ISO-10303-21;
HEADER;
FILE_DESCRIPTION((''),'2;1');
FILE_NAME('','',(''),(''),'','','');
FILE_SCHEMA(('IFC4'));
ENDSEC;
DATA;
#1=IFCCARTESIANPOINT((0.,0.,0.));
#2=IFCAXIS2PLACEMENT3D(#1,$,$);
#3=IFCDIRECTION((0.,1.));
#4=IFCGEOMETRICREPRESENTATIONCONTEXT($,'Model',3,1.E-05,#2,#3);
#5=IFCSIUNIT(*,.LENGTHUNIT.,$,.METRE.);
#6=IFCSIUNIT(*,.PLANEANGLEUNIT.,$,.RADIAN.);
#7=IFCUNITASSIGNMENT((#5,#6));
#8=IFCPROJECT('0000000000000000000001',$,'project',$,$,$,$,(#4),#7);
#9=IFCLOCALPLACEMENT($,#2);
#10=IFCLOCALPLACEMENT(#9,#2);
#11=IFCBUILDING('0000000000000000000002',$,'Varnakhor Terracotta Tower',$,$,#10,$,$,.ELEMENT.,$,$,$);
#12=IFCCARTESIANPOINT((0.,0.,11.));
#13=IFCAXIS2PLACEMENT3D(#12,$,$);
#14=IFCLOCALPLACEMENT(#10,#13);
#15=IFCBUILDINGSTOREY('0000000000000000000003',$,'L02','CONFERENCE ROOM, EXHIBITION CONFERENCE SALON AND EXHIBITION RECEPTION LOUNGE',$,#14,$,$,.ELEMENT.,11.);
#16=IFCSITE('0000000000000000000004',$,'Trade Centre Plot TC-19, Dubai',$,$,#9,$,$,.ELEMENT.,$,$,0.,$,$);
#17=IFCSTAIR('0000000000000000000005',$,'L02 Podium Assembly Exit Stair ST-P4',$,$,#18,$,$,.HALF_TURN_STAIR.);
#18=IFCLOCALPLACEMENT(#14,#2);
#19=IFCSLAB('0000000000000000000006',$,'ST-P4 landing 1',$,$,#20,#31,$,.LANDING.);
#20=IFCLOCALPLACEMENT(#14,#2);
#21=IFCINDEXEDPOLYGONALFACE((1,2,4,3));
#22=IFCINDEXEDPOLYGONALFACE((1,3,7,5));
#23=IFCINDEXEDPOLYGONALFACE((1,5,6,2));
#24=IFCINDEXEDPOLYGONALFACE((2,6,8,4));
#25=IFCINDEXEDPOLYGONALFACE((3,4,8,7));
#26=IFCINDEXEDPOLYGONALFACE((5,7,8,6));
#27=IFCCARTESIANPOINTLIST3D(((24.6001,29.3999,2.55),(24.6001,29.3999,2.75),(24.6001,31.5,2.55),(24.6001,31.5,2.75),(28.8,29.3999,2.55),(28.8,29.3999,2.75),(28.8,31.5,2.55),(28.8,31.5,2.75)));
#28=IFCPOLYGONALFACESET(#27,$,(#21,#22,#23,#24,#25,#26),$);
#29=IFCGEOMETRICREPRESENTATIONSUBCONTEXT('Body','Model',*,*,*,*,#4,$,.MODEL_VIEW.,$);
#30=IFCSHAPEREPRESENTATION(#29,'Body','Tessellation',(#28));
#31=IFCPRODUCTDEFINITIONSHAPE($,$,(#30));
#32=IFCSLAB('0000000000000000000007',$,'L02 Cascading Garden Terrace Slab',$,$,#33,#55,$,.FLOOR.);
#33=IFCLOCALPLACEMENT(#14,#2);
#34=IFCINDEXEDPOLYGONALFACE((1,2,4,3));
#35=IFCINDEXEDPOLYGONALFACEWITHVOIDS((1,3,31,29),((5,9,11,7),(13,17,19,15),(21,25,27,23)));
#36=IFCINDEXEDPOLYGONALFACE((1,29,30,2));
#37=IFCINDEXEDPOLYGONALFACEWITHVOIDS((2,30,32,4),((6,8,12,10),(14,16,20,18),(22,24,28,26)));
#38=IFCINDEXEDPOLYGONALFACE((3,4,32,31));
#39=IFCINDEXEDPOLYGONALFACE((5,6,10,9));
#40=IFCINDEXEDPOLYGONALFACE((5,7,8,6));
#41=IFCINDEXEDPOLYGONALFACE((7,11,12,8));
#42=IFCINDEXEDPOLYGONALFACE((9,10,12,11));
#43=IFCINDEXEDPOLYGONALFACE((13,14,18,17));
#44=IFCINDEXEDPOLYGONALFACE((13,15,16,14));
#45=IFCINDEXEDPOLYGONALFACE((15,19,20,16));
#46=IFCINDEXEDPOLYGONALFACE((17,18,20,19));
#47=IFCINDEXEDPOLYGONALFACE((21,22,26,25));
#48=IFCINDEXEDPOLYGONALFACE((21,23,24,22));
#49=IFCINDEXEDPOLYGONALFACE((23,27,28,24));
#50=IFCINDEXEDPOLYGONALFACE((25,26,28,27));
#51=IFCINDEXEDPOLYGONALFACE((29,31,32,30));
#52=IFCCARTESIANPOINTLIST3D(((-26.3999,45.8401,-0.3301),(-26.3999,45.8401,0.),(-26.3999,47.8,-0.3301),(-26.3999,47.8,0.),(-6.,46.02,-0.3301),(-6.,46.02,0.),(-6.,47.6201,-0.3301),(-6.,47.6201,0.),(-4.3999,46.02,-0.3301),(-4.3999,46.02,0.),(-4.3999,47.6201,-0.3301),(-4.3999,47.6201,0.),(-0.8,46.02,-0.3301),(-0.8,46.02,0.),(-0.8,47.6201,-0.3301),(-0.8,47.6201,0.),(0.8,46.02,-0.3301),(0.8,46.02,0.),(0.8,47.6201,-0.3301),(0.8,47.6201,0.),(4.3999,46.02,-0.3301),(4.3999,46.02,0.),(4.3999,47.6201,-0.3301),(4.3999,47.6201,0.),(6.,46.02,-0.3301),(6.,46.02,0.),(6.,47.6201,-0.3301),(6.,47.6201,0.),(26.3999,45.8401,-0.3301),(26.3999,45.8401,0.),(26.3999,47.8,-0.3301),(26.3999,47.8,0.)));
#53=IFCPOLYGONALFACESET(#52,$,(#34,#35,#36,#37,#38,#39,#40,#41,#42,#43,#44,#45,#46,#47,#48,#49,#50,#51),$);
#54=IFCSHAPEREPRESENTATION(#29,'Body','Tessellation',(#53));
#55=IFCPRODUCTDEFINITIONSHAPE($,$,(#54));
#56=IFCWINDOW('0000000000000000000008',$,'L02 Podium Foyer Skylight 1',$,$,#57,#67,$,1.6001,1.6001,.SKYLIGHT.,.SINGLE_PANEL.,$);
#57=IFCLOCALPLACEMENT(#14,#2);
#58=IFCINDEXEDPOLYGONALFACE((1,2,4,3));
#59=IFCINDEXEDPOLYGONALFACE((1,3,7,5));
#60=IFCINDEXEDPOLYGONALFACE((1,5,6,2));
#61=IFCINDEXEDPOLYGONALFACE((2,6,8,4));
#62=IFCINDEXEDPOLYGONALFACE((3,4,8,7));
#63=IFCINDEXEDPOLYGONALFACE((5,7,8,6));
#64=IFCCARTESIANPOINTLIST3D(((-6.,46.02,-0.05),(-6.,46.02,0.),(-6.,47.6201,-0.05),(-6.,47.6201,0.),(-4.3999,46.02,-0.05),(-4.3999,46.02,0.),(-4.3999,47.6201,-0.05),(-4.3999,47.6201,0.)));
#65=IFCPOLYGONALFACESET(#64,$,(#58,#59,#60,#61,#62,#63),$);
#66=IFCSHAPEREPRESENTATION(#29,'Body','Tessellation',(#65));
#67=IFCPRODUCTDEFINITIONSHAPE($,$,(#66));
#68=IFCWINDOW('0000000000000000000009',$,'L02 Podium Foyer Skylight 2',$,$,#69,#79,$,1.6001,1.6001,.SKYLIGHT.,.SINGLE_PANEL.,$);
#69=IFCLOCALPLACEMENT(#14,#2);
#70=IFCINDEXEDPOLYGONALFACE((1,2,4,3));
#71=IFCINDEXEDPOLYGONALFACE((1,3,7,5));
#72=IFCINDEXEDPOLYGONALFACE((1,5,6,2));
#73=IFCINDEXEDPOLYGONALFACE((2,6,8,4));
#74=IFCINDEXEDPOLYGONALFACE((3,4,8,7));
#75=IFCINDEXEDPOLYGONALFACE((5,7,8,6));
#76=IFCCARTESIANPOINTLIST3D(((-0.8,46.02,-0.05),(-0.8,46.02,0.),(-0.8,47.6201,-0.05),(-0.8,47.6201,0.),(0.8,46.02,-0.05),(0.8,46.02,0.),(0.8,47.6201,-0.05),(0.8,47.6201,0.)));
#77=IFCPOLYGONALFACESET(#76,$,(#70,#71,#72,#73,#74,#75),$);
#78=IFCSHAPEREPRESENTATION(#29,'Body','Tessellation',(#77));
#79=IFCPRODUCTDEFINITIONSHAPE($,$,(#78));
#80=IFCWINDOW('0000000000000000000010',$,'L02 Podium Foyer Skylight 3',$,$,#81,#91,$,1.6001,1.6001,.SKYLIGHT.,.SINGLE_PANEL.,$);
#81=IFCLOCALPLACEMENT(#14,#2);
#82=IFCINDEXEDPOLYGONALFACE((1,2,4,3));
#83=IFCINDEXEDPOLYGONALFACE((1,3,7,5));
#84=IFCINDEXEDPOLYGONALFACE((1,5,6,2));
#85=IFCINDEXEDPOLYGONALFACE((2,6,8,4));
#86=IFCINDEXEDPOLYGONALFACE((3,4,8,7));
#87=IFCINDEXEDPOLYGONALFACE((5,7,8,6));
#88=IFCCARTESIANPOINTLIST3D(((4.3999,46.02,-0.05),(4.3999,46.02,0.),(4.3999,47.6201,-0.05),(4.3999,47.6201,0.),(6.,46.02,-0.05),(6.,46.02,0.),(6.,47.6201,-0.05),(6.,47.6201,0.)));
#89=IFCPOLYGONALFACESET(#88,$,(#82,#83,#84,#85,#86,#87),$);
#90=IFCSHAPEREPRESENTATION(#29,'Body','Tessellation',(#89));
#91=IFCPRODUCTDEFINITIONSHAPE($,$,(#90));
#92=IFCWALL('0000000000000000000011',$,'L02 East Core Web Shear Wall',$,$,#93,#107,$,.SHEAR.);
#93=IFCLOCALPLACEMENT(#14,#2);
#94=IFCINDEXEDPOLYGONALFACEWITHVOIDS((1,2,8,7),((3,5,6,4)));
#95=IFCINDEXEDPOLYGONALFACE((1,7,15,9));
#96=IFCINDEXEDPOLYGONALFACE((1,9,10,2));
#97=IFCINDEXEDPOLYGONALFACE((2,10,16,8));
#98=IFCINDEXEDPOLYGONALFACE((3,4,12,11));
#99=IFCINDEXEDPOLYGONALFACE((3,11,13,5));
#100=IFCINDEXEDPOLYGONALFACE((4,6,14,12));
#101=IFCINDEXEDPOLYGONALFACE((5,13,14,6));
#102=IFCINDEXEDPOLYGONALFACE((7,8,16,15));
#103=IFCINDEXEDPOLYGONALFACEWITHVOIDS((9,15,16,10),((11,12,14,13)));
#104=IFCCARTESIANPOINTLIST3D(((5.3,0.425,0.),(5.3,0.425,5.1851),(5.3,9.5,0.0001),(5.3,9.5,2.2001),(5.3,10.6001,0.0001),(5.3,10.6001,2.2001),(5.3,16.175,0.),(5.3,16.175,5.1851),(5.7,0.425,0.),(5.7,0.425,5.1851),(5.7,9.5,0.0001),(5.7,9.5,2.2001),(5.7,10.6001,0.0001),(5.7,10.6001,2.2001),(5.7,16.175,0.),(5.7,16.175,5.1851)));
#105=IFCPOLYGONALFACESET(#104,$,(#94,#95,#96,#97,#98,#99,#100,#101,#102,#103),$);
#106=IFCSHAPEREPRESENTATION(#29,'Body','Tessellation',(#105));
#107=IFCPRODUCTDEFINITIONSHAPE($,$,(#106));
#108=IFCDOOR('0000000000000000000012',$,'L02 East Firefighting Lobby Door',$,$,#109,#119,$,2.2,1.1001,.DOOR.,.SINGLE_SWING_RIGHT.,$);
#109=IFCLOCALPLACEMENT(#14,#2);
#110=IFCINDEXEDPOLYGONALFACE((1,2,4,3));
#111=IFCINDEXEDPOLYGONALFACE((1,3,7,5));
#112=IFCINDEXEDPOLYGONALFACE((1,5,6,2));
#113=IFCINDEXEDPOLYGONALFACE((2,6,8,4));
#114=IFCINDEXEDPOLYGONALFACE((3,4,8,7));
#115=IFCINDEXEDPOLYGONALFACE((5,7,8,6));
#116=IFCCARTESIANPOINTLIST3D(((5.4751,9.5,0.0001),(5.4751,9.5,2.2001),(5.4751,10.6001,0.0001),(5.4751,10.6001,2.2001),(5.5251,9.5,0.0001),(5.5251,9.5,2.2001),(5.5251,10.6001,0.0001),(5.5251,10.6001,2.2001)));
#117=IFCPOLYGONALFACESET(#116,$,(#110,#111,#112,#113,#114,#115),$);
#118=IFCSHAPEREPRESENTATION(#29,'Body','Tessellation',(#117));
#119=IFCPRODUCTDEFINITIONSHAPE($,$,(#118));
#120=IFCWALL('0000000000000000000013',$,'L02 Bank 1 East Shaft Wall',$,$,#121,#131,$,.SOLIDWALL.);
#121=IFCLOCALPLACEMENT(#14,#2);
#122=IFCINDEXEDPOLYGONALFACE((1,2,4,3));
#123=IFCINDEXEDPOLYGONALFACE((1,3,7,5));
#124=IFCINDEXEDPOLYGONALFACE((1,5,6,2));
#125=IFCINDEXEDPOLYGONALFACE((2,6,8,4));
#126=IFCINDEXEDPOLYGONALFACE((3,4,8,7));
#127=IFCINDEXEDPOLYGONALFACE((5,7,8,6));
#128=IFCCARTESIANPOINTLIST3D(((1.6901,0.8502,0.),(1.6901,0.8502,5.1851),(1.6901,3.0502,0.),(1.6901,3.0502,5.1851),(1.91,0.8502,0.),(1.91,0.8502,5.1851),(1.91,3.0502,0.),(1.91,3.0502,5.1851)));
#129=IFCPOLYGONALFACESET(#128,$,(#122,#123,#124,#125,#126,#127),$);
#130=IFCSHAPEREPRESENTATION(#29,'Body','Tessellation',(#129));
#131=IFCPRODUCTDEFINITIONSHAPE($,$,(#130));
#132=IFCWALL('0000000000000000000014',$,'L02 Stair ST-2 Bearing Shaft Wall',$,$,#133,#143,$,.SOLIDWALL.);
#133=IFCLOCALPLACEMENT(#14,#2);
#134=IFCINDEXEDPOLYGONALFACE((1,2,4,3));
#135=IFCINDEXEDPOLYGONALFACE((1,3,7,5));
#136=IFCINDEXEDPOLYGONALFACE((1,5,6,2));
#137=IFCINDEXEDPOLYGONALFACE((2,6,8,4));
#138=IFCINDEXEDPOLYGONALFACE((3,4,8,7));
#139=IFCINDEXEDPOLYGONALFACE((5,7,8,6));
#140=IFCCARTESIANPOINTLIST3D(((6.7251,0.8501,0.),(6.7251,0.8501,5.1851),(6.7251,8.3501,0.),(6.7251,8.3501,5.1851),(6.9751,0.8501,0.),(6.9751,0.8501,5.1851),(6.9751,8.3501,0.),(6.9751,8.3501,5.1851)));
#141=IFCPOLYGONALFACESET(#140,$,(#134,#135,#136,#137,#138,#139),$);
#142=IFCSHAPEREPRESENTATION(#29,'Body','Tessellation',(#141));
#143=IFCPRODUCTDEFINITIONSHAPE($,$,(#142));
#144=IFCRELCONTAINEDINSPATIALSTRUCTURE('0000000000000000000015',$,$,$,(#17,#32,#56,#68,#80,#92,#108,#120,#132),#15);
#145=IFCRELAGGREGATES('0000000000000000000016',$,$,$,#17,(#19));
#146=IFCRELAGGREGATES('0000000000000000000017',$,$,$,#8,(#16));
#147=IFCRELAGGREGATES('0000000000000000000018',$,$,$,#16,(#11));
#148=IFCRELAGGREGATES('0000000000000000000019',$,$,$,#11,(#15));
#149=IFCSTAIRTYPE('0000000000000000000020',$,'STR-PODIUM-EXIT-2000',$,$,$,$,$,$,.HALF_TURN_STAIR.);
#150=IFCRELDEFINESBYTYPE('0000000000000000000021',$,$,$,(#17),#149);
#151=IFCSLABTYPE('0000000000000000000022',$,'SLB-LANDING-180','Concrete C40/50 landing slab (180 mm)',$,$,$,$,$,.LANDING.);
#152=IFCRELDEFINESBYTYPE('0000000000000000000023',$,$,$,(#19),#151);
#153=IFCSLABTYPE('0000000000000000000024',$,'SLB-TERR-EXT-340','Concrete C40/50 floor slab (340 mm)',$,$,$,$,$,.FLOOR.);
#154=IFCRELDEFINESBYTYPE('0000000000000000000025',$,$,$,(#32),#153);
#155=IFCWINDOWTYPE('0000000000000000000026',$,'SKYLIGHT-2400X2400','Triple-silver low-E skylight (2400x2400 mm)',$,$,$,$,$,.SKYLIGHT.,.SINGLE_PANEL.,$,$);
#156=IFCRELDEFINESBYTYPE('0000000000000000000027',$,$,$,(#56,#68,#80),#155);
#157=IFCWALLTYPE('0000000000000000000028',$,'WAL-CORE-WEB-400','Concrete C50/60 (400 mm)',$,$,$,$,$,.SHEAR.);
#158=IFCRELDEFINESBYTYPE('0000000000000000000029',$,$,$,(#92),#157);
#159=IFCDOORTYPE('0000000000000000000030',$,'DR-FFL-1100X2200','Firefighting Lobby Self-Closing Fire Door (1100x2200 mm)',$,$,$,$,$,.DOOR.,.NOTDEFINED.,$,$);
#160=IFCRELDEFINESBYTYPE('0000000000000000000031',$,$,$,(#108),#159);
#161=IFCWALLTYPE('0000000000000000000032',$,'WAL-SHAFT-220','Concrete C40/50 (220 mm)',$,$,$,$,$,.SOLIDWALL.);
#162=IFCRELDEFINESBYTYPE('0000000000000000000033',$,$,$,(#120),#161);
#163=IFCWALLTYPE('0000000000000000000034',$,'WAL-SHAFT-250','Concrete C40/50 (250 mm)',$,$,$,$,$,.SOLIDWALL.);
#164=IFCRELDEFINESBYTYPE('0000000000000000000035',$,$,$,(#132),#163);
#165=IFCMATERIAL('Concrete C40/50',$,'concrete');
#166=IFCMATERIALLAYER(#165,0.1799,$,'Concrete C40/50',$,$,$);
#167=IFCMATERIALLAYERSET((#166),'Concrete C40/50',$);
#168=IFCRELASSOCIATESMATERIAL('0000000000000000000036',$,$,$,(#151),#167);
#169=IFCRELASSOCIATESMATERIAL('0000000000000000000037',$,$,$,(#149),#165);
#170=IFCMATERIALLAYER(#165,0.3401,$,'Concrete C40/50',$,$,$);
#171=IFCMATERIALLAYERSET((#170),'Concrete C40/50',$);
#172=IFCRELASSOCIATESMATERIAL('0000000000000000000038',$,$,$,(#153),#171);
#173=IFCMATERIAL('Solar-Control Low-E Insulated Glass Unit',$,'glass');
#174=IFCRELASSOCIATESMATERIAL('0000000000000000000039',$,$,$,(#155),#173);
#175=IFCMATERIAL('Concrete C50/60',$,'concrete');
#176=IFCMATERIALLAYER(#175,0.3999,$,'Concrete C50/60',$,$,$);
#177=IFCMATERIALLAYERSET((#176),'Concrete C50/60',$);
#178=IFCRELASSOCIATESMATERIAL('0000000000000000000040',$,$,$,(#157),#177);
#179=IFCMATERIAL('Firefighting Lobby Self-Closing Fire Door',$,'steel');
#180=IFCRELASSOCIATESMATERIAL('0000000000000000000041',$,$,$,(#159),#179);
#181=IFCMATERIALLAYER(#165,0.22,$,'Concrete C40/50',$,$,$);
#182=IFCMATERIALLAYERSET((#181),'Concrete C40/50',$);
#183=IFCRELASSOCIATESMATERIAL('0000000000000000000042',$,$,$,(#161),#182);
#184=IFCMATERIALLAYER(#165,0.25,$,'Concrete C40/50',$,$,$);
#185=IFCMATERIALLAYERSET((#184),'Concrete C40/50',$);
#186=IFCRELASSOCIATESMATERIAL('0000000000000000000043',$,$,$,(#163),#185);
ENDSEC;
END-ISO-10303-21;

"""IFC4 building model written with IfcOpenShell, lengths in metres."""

from ifc_helpers import new_model, si_unit, direction, frame, frame_2d, origin, origin_2d, place, context, subcontext, project, spatial, polyline, rectangle, outline, extrude, source, transform, mapped, material, layer, layer_set, type_object, type_shapes, element, fill, aggregate, save


model = new_model("IFC4")

# Units and contexts
model_context = context("Model", 3, precision=1e-05, world=origin(), true_north=direction((0.0, 1.0)))
body_context = subcontext(model_context, "Body", "Model", "MODEL_VIEW")
ifc_project = project(units=[si_unit("LENGTHUNIT", "METRE"), si_unit("PLANEANGLEUNIT", "RADIAN")], contexts=[model_context])

# Site, building, storey
site_placement = place(None, origin())
site = spatial("IfcSite", under=ifc_project, at=site_placement, Name="Trade Centre Plot TC-19, Dubai", CompositionType="ELEMENT", RefElevation=0.0)
building_placement = place(site_placement, origin())
building = spatial("IfcBuilding", under=site, at=building_placement, Name="Varnakhor Terracotta Tower", CompositionType="ELEMENT")
storey_placement = place(building_placement, frame((0.0, 0.0, 11.0)))
storey = spatial("IfcBuildingStorey", under=building, at=storey_placement, Name="L02", Description="CONFERENCE ROOM, EXHIBITION CONFERENCE SALON AND EXHIBITION RECEPTION LOUNGE", CompositionType="ELEMENT", Elevation=11.0)

# Shared definitions
ifc_material_1 = material(Name="Concrete C50/60", Category="concrete")

# Shared definitions
ifc_material_2 = material(Name="Concrete C40/50", Category="concrete")

# Stair, slab
ifc_layer_1 = layer(ifc_material_2, 0.1799, Name="Concrete C40/50")
ifc_layer_set_1 = layer_set([ifc_layer_1], Name="Concrete C40/50")
slab_type_1 = type_object("IfcSlabType", Name="SLB-LANDING-180", Description="Concrete C40/50 landing slab (180 mm)", PredefinedType="LANDING", material=ifc_layer_set_1)
stair_type_1 = type_object("IfcStairType", Name="STR-PODIUM-EXIT-2000", PredefinedType="HALF_TURN_STAIR", material=ifc_material_2)
stair_1_placement = place(storey_placement, origin())
stair_1 = element("IfcStair", 1, at=stair_1_placement, inside=storey, type_object=stair_type_1, Name="L02 Podium Assembly Exit Stair ST-P4", PredefinedType="HALF_TURN_STAIR")
slab_1_placement = place(storey_placement, frame((0.0, 0.0, 2.55)))
slab_1 = element("IfcSlab", 2, at=slab_1_placement, type_object=slab_type_1, Name="ST-P4 landing 1", PredefinedType="LANDING", context=body_context, shape_type="SweptSolid", body=[
    extrude(outline(polyline([(24.6001, 31.5), (24.6001, 29.3999), (28.8, 29.3999), (28.8, 31.5), (24.6001, 31.5)])), origin(), (0.0, 0.0, 1.0), 0.2),
])
aggregate(stair_1, [slab_1])

# Slab, openings, windows
ifc_layer_2 = layer(ifc_material_2, 0.3401, Name="Concrete C40/50")
ifc_layer_set_2 = layer_set([ifc_layer_2], Name="Concrete C40/50")
slab_type_2 = type_object("IfcSlabType", Name="SLB-TERR-EXT-340", Description="Concrete C40/50 floor slab (340 mm)", PredefinedType="FLOOR", material=ifc_layer_set_2)
slab_2_placement = place(storey_placement, frame((0.0, 0.0, -0.3301)))
slab_2 = element("IfcSlab", 3, at=slab_2_placement, inside=storey, type_object=slab_type_2, Name="L02 Cascading Garden Terrace Slab", PredefinedType="FLOOR", context=body_context, shape_type="SweptSolid", body=[
    extrude(outline(polyline([(-26.3999, 47.8), (26.3999, 47.8), (26.3999, 45.8401), (-26.3999, 45.8401), (-26.3999, 47.8)])), origin(), (0.0, 0.0, 1.0), 0.3301),
])
opening_1_placement = place(slab_2_placement, frame((-5.2, 46.8201, -0.01)))
opening_1 = element("IfcOpeningElement", 4, at=opening_1_placement, cuts=slab_2, PredefinedType="OPENING", context=body_context, shape_type="SweptSolid", body=[
    extrude(rectangle(XDim=1.6001, YDim=1.6001, at=origin_2d()), origin(), (0.0, 0.0, 1.0), 0.3501),
])
opening_2_placement = place(slab_2_placement, frame((0.0, 46.8201, -0.01)))
opening_2 = element("IfcOpeningElement", 5, at=opening_2_placement, cuts=slab_2, PredefinedType="OPENING", context=body_context, shape_type="SweptSolid", body=[
    extrude(rectangle(XDim=1.6001, YDim=1.6001, at=origin_2d()), origin(), (0.0, 0.0, 1.0), 0.3501),
])
opening_3_placement = place(slab_2_placement, frame((5.2, 46.8201, -0.01)))
opening_3 = element("IfcOpeningElement", 6, at=opening_3_placement, cuts=slab_2, PredefinedType="OPENING", context=body_context, shape_type="SweptSolid", body=[
    extrude(rectangle(XDim=1.6001, YDim=1.6001, at=origin_2d()), origin(), (0.0, 0.0, 1.0), 0.3501),
])
ifc_material_3 = material(Name="Solar-Control Low-E Insulated Glass Unit", Category="glass")
window_type = type_object("IfcWindowType", Name="SKYLIGHT-2400X2400", Description="Triple-silver low-E skylight (2400x2400 mm)", PartitioningType="SINGLE_PANEL", PredefinedType="SKYLIGHT", material=ifc_material_3)
window_1_placement = place(slab_2_placement, frame((-5.2, 46.8201, 0.28)))
window_1 = element("IfcWindow", 7, at=window_1_placement, inside=storey, type_object=window_type, Name="L02 Podium Foyer Skylight 1", OverallHeight=1.6001, OverallWidth=1.6001, PartitioningType="SINGLE_PANEL", PredefinedType="SKYLIGHT", context=body_context, shape_type="SweptSolid", body=[
    extrude(rectangle(XDim=1.6001, YDim=1.6001, at=origin_2d()), origin(), (0.0, 0.0, 1.0), 0.05),
])
fill(opening_1, window_1)
window_2_placement = place(slab_2_placement, frame((0.0, 46.8201, 0.28)))
window_2 = element("IfcWindow", 8, at=window_2_placement, inside=storey, type_object=window_type, Name="L02 Podium Foyer Skylight 2", OverallHeight=1.6001, OverallWidth=1.6001, PartitioningType="SINGLE_PANEL", PredefinedType="SKYLIGHT", context=body_context, shape_type="SweptSolid", body=[
    extrude(rectangle(XDim=1.6001, YDim=1.6001, at=origin_2d()), origin(), (0.0, 0.0, 1.0), 0.05),
])
fill(opening_2, window_2)
window_3_placement = place(slab_2_placement, frame((5.2, 46.8201, 0.28)))
window_3 = element("IfcWindow", 9, at=window_3_placement, inside=storey, type_object=window_type, Name="L02 Podium Foyer Skylight 3", OverallHeight=1.6001, OverallWidth=1.6001, PartitioningType="SINGLE_PANEL", PredefinedType="SKYLIGHT", context=body_context, shape_type="SweptSolid", body=[
    extrude(rectangle(XDim=1.6001, YDim=1.6001, at=origin_2d()), origin(), (0.0, 0.0, 1.0), 0.05),
])
fill(opening_3, window_3)

# Wall, opening, door
ifc_layer_3 = layer(ifc_material_1, 0.3999, Name="Concrete C50/60")
ifc_layer_set_3 = layer_set([ifc_layer_3], Name="Concrete C50/60")
wall_type_1 = type_object("IfcWallType", Name="WAL-CORE-WEB-400", Description="Concrete C50/60 (400 mm)", PredefinedType="SHEAR", material=ifc_layer_set_3)
wall_1_placement = place(storey_placement, frame((5.5, 0.425, 0.0), z_axis=(0.0, 0.0, 1.0), x_axis=(0.0, 1.0, 0.0)))
wall_1 = element("IfcWall", 10, at=wall_1_placement, inside=storey, type_object=wall_type_1, Name="L02 East Core Web Shear Wall", PredefinedType="SHEAR", context=body_context, shape_type="SweptSolid", body=[
    extrude(rectangle(XDim=15.75, YDim=0.3999, at=frame_2d((7.875, 0.0))), origin(), (0.0, 0.0, 1.0), 5.1851),
])
opening_4_placement = place(wall_1_placement, frame((9.075, 0.0, 0.0)))
opening_4 = element("IfcOpeningElement", 11, at=opening_4_placement, cuts=wall_1, PredefinedType="OPENING", context=body_context, shape_type="SweptSolid", body=[
    extrude(rectangle(XDim=1.1001, YDim=2.2, at=frame_2d((0.55, 1.1001))), frame((0.0, 0.21, 0.0), z_axis=(0.0, -1.0, 0.0), x_axis=(1.0, 0.0, 0.0)), (0.0, 0.0, 1.0), 0.4199),
])
ifc_material_4 = material(Name="Firefighting Lobby Self-Closing Fire Door", Category="steel")
door_type = type_object("IfcDoorType", Name="DR-FFL-1100X2200", Description="Firefighting Lobby Self-Closing Fire Door (1100x2200 mm)", OperationType="NOTDEFINED", PredefinedType="DOOR", material=ifc_material_4)
shared_shape_1 = source(origin(), body_context, "Body", "SweptSolid", [
    extrude(rectangle(XDim=1.1001, YDim=2.2, at=frame_2d((0.55, 1.1001))), frame((0.0, 0.0249, 0.0), z_axis=(0.0, -1.0, 0.0), x_axis=(1.0, 0.0, 0.0)), (0.0, 0.0, 1.0), 0.05),
])
type_shapes(door_type, [shared_shape_1])
door_placement = place(opening_4_placement, origin())
door = element("IfcDoor", 12, at=door_placement, inside=storey, type_object=door_type, Name="L02 East Firefighting Lobby Door", OperationType="SINGLE_SWING_RIGHT", OverallHeight=2.2, OverallWidth=1.1001, PredefinedType="DOOR", context=body_context, shape_type="MappedRepresentation", body=[
    mapped(shared_shape_1, transform((0.0, 0.0, 0.0), scale=1.0)),
])
fill(opening_4, door)

# Walls
ifc_layer_4 = layer(ifc_material_2, 0.22, Name="Concrete C40/50")
ifc_layer_set_4 = layer_set([ifc_layer_4], Name="Concrete C40/50")
wall_type_2 = type_object("IfcWallType", Name="WAL-SHAFT-220", Description="Concrete C40/50 (220 mm)", PredefinedType="SOLIDWALL", material=ifc_layer_set_4)
wall_2_placement = place(storey_placement, frame((1.8, 0.8501, 0.0), z_axis=(0.0, 0.0, 1.0), x_axis=(0.0, 1.0, 0.0)))
element("IfcWall", 13, at=wall_2_placement, inside=storey, type_object=wall_type_2, Name="L02 Bank 1 East Shaft Wall", PredefinedType="SOLIDWALL", context=body_context, shape_type="SweptSolid", body=[
    extrude(rectangle(XDim=2.2, YDim=0.22, at=frame_2d((1.1001, 0.0))), origin(), (0.0, 0.0, 1.0), 5.1851),
])
ifc_layer_5 = layer(ifc_material_2, 0.25, Name="Concrete C40/50")
ifc_layer_set_5 = layer_set([ifc_layer_5], Name="Concrete C40/50")
wall_type_3 = type_object("IfcWallType", Name="WAL-SHAFT-250", Description="Concrete C40/50 (250 mm)", PredefinedType="SOLIDWALL", material=ifc_layer_set_5)
wall_3_placement = place(storey_placement, frame((6.8501, 0.8501, 0.0), z_axis=(0.0, 0.0, 1.0), x_axis=(0.0, 1.0, 0.0)))
element("IfcWall", 14, at=wall_3_placement, inside=storey, type_object=wall_type_3, Name="L02 Stair ST-2 Bearing Shaft Wall", PredefinedType="SOLIDWALL", context=body_context, shape_type="SweptSolid", body=[
    extrude(rectangle(XDim=7.5, YDim=0.25, at=frame_2d((3.75, 0.0))), origin(), (0.0, 0.0, 1.0), 5.1851),
])

save(model, "model.ifc")
